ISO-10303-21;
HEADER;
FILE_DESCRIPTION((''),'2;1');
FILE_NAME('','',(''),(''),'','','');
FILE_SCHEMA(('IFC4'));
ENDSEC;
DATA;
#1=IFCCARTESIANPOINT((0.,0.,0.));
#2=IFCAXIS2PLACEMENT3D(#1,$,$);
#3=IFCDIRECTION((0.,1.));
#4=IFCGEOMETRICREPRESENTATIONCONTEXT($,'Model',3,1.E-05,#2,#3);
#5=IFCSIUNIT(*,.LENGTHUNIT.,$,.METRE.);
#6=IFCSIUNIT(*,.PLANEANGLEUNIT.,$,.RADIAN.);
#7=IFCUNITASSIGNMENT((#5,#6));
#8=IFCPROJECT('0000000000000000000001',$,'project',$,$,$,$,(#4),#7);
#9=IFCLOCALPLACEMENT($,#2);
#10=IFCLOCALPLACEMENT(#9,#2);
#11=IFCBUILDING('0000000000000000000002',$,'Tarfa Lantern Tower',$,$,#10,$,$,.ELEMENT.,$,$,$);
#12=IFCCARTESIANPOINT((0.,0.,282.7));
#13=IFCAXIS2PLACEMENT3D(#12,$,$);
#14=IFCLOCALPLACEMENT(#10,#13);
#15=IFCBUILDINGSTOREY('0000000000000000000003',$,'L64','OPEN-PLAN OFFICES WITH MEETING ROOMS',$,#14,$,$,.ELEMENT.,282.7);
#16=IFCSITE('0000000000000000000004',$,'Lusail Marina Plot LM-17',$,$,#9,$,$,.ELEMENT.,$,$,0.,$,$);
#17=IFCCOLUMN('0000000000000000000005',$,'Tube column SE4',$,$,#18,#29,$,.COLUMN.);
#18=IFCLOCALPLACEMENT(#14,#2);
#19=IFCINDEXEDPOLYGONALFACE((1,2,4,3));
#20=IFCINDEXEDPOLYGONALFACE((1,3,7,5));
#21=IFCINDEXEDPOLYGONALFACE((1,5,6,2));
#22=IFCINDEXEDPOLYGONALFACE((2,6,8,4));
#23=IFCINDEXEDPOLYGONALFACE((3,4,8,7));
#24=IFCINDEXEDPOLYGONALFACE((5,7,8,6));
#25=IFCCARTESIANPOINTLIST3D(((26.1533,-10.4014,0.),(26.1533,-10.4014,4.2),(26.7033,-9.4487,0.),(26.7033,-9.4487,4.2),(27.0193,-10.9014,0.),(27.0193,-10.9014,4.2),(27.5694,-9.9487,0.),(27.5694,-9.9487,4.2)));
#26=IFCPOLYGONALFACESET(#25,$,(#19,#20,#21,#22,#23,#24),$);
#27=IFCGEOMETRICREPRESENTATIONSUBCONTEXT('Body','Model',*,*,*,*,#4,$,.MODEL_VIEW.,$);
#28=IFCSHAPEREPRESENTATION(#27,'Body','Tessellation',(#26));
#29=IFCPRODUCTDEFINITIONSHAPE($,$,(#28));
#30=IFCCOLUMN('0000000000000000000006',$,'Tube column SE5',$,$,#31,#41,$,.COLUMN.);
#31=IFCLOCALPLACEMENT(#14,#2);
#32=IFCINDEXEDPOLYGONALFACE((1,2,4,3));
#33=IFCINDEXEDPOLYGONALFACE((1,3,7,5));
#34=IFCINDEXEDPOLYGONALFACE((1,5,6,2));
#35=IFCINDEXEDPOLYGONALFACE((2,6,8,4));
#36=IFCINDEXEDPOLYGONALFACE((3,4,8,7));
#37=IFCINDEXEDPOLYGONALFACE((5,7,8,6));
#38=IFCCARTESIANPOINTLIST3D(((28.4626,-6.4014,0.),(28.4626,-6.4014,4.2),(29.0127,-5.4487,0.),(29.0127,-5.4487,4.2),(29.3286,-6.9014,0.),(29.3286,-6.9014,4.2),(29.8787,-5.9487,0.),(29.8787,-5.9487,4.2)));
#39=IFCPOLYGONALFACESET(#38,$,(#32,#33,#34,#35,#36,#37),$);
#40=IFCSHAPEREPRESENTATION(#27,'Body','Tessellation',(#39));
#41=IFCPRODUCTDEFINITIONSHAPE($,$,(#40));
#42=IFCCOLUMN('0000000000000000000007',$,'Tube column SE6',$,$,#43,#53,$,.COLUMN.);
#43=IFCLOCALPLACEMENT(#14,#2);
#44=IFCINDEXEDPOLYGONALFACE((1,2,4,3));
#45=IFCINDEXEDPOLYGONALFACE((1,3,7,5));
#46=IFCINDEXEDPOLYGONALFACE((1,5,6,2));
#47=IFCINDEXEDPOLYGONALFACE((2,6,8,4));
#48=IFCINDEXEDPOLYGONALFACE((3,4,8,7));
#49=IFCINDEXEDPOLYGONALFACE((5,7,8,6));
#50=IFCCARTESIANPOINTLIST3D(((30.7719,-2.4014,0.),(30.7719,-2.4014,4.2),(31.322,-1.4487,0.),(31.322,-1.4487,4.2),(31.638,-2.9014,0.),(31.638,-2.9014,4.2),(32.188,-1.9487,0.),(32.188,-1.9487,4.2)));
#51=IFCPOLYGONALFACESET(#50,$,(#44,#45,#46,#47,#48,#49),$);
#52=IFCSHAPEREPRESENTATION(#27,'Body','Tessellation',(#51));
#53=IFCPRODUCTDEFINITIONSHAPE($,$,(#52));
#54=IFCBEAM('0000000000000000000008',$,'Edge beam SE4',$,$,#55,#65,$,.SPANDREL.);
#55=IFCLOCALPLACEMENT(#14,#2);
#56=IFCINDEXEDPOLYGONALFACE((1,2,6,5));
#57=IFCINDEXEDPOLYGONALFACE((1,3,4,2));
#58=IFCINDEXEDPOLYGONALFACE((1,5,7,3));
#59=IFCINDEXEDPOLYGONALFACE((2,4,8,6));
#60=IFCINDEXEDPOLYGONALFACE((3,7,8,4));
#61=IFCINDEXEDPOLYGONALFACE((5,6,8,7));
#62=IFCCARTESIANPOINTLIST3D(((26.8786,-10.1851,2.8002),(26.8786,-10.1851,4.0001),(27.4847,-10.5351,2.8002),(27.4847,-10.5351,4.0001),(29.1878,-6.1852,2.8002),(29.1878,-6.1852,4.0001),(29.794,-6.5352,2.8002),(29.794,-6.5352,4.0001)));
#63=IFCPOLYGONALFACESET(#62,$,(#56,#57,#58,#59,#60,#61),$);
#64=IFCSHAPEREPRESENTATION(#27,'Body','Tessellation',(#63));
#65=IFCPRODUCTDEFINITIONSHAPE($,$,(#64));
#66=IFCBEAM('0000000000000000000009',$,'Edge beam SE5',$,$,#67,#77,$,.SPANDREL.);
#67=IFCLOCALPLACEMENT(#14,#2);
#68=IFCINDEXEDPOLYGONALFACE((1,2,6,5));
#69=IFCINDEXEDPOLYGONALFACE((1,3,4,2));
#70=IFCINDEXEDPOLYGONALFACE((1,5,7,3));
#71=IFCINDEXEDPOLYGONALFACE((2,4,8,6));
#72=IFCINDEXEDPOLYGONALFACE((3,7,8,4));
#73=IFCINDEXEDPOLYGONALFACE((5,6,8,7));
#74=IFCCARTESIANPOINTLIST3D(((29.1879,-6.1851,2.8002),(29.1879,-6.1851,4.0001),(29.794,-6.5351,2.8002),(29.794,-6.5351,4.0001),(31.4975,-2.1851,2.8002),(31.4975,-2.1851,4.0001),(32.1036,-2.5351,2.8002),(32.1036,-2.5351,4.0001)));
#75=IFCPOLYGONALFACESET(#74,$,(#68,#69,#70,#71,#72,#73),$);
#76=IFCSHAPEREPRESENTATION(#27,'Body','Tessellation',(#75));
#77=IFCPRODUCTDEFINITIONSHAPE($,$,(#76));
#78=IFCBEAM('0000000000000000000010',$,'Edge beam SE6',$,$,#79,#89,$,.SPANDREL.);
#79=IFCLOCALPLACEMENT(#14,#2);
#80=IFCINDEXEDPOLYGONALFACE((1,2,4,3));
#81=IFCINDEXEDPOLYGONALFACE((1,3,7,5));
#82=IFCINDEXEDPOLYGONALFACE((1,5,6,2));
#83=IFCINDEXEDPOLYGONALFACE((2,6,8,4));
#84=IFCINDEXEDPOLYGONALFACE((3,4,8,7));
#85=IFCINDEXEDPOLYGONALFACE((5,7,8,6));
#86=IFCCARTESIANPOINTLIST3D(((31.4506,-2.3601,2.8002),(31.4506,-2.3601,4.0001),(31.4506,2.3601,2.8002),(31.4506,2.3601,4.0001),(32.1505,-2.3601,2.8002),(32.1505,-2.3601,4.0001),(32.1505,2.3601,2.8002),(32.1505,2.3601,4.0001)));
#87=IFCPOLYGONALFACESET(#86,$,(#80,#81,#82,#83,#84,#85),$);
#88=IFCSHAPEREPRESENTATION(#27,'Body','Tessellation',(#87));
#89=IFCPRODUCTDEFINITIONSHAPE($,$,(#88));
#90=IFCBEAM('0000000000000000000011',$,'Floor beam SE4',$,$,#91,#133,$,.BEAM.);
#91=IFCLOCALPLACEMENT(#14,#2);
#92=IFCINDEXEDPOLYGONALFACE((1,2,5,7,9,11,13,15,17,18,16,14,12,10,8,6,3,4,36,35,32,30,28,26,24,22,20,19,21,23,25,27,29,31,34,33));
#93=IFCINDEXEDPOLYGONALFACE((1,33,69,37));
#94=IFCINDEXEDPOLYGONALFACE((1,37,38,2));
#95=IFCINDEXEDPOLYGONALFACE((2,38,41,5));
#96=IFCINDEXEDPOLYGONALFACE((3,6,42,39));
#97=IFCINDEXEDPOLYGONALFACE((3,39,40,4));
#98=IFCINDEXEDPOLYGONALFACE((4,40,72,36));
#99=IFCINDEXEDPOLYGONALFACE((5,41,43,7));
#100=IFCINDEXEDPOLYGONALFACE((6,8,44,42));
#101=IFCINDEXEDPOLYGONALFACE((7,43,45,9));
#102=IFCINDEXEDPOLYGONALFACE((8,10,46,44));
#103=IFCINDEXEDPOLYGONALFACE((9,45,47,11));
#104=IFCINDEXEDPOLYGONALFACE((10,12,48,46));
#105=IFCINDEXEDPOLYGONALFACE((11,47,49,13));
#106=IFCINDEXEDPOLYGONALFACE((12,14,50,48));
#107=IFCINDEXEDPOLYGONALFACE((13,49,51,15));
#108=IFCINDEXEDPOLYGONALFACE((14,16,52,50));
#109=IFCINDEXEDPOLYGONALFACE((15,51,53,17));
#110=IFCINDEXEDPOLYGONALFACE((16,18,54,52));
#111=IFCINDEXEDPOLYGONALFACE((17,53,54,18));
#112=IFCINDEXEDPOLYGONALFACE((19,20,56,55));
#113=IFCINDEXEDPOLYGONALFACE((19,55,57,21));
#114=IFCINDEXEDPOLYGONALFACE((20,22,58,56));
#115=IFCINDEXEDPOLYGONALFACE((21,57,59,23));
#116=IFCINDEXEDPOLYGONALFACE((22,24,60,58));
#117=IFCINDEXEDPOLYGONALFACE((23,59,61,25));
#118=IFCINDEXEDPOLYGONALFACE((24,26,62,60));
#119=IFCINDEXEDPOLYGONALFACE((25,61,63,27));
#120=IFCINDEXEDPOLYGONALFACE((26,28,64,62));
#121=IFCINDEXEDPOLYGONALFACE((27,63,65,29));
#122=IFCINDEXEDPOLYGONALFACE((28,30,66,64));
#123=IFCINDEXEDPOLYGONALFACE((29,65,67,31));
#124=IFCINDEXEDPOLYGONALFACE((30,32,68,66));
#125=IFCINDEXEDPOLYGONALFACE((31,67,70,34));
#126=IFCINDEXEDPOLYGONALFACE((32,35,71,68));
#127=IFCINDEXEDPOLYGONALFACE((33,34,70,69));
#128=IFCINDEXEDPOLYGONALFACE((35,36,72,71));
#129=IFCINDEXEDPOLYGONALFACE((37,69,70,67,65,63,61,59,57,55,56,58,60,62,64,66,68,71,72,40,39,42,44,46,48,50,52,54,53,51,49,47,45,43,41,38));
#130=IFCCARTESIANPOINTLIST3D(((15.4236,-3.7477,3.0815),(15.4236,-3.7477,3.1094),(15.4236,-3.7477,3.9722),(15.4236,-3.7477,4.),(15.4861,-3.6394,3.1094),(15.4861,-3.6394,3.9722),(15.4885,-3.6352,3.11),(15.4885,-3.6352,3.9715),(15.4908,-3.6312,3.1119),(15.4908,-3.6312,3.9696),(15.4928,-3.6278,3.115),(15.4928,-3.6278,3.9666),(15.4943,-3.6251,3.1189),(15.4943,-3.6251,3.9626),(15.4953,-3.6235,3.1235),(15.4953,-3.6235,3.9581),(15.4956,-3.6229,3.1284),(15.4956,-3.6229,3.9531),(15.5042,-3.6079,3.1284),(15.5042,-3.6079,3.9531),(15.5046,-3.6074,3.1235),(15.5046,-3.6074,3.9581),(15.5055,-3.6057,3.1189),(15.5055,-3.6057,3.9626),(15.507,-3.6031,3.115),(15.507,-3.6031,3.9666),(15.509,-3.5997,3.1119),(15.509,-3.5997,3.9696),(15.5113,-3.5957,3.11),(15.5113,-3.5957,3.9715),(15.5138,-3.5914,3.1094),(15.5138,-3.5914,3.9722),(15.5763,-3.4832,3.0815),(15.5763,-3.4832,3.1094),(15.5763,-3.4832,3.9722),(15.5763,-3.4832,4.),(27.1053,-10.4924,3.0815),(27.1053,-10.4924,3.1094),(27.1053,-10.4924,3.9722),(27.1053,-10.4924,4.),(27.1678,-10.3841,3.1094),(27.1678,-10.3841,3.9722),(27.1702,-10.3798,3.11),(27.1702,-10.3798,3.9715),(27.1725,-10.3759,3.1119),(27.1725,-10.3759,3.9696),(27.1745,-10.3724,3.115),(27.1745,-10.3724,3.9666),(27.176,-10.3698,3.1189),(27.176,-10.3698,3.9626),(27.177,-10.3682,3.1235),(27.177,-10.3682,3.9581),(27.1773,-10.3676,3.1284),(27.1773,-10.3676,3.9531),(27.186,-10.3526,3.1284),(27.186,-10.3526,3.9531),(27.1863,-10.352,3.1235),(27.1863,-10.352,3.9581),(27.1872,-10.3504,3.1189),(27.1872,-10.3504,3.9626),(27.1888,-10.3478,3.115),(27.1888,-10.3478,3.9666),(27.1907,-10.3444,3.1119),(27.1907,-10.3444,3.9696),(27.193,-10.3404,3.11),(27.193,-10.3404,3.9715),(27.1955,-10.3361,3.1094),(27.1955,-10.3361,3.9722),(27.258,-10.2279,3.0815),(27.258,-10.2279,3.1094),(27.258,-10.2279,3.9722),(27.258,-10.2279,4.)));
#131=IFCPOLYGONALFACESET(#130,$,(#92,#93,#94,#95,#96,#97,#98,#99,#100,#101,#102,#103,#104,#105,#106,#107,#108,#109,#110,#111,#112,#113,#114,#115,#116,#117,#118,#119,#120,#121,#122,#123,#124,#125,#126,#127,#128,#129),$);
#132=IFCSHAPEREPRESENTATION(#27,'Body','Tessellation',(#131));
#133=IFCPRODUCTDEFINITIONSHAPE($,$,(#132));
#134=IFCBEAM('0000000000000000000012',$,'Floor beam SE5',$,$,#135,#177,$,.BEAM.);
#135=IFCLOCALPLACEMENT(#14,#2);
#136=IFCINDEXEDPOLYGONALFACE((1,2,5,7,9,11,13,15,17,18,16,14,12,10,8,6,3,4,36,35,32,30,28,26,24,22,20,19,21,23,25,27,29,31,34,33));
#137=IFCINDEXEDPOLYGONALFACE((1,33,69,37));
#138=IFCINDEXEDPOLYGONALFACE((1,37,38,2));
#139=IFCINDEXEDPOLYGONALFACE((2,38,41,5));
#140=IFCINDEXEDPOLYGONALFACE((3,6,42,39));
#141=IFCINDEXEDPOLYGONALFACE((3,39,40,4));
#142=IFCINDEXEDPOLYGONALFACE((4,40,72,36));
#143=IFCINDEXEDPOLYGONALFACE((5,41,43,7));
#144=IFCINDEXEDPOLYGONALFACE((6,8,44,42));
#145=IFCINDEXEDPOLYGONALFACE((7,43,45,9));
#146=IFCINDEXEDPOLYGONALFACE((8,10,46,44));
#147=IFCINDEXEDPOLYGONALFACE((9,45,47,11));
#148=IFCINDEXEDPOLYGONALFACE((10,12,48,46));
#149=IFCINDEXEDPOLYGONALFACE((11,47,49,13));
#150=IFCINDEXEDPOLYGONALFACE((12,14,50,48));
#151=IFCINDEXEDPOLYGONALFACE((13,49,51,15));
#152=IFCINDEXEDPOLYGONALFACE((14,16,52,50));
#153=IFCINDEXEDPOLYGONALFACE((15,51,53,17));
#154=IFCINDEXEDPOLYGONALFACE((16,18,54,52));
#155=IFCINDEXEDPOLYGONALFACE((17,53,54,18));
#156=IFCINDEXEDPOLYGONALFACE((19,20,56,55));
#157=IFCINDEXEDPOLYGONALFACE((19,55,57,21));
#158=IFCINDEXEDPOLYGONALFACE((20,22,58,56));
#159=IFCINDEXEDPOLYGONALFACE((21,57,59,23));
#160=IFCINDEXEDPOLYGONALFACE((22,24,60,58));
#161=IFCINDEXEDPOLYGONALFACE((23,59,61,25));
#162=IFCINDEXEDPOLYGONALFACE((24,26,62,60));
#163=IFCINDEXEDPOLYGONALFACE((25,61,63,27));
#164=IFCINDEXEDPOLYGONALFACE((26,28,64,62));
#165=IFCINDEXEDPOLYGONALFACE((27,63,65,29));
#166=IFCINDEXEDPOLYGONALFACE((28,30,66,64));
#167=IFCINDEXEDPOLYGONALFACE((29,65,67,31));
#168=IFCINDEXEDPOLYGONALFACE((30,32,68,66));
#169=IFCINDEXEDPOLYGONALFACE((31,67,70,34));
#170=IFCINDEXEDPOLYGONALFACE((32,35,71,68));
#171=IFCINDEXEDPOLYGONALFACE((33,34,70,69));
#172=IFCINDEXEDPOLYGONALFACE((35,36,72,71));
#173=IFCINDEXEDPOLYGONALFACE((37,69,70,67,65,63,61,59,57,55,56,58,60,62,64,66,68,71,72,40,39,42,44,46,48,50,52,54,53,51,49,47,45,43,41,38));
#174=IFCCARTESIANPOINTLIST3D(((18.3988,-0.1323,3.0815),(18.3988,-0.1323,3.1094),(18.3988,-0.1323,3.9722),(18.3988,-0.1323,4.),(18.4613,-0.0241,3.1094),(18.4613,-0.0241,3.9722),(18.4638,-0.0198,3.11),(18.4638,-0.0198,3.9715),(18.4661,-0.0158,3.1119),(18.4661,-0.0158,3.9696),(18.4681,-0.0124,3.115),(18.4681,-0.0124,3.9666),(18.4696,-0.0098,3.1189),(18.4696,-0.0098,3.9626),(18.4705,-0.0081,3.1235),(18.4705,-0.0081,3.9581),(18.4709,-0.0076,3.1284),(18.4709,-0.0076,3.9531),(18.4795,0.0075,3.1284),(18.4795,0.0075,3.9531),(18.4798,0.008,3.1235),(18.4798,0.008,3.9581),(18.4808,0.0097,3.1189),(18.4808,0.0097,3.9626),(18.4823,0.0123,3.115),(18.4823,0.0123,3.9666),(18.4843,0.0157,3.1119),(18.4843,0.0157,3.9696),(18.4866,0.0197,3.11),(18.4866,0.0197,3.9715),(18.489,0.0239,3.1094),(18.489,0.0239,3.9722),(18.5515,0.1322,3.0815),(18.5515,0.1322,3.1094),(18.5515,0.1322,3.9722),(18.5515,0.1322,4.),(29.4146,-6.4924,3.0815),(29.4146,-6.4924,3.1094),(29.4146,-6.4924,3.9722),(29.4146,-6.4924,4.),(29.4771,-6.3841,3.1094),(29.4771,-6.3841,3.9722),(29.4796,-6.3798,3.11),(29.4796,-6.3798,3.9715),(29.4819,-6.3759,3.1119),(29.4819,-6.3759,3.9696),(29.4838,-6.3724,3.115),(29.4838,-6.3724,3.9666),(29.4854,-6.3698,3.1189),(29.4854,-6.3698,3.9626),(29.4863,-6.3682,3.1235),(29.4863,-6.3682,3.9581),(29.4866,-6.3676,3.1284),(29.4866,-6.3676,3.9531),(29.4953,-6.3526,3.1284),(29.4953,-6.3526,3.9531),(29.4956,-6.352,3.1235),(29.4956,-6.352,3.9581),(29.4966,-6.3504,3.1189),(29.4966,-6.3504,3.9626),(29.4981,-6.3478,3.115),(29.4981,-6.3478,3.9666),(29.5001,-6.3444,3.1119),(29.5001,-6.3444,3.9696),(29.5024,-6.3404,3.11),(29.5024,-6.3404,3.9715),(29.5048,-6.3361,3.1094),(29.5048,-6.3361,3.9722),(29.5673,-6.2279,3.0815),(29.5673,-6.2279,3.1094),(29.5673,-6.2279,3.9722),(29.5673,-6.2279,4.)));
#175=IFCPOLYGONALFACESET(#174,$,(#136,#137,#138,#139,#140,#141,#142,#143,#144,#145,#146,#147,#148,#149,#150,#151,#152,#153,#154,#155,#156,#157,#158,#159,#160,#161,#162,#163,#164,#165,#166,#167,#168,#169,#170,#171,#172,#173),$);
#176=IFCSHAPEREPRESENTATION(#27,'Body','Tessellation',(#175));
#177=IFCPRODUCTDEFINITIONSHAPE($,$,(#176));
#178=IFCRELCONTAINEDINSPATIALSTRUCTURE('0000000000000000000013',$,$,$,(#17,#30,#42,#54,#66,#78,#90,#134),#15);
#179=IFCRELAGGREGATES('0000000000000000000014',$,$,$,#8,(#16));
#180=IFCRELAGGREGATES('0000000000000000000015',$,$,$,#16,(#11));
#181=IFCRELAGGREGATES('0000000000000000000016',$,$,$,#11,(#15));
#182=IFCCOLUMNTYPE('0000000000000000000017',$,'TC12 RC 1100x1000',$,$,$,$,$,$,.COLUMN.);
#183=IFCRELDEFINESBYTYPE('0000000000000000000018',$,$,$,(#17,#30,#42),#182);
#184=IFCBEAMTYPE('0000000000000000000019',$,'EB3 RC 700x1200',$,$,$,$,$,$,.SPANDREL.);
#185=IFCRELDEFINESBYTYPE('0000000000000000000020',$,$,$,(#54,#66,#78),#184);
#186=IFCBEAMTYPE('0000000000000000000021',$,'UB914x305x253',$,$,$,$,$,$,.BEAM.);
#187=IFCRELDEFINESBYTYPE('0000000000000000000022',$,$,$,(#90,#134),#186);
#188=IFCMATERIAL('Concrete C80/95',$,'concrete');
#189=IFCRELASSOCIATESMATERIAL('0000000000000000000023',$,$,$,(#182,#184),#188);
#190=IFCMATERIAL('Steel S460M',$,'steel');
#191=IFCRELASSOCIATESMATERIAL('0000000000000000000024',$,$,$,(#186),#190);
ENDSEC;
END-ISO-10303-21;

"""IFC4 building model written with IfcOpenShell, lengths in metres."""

from ifc_helpers import new_model, si_unit, direction, frame, origin, origin_2d, place, context, subcontext, project, spatial, rectangle, i_section, extrude, material, material_profile, profile_set, type_object, element, save


model = new_model("IFC4")

# Units and contexts
model_context = context("Model", 3, precision=1e-05, world=origin(), true_north=direction((0.0, 1.0)))
body_context = subcontext(model_context, "Body", "Model", "MODEL_VIEW")
ifc_project = project(units=[si_unit("LENGTHUNIT", "METRE"), si_unit("PLANEANGLEUNIT", "RADIAN")], contexts=[model_context])

# Site, building, storey
site_placement = place(None, origin())
site = spatial("IfcSite", under=ifc_project, at=site_placement, Name="Lusail Marina Plot LM-17", CompositionType="ELEMENT", RefElevation=0.0)
building_placement = place(site_placement, origin())
building = spatial("IfcBuilding", under=site, at=building_placement, Name="Tarfa Lantern Tower", CompositionType="ELEMENT")
storey_placement = place(building_placement, frame((0.0, 0.0, 282.7)))
storey = spatial("IfcBuildingStorey", under=building, at=storey_placement, Name="L64", Description="OPEN-PLAN OFFICES WITH MEETING ROOMS", CompositionType="ELEMENT", Elevation=282.7)

# Columns
ifc_material_1 = material(Name="Concrete C80/95", Category="concrete")
ifc_material_profile_1 = material_profile(ifc_material_1, rectangle(XDim=1.1001, YDim=1.0, at=origin_2d()), Name="RC 1100x1000")
ifc_profile_set_1 = profile_set([ifc_material_profile_1], Name="Concrete C80/95")
column_type = type_object("IfcColumnType", Name="TC12 RC 1100x1000", PredefinedType="COLUMN", material=ifc_profile_set_1)
for number, where, z_axis, x_axis, name in (
    (1, (26.8613, -10.175, 0.0), (0.0, 0.0, 1.0), (0.5, 0.866025, 0.0), "Tube column SE4"),
    (2, (29.1707, -6.175, 0.0), (0.0, 0.0, 1.0), (0.5, 0.866025, 0.0), "Tube column SE5"),
    (3, (31.48, -2.175, 0.0), (0.0, 0.0, 1.0), (0.5, 0.866025, 0.0), "Tube column SE6"),
):
    element("IfcColumn", number, at=place(storey_placement, frame(where, z_axis=z_axis, x_axis=x_axis)), inside=storey, type_object=column_type, Name=name, PredefinedType="COLUMN", context=body_context, shape_type="SweptSolid", body=[
        extrude(rectangle(XDim=1.1001, YDim=1.0, at=origin_2d()), origin(), (0.0, 0.0, 1.0), 4.2),
    ])

# Beams
ifc_material_profile_2 = material_profile(ifc_material_1, rectangle(XDim=0.7, YDim=1.2, at=origin_2d()), Name="RC 700x1200")
ifc_profile_set_2 = profile_set([ifc_material_profile_2], Name="Concrete C80/95")
beam_type_1 = type_object("IfcBeamType", Name="EB3 RC 700x1200", PredefinedType="SPANDREL", material=ifc_profile_set_2)
beam_1_placement = place(storey_placement, frame((27.1816, -10.3601, 3.4001), z_axis=(0.499988, 0.866032, 0.0), x_axis=(-0.866032, 0.499988, 0.0)))
element("IfcBeam", 4, at=beam_1_placement, inside=storey, type_object=beam_type_1, Name="Edge beam SE4", PredefinedType="SPANDREL", context=body_context, shape_type="SweptSolid", body=[
    extrude(rectangle(XDim=0.7, YDim=1.2, at=origin_2d()), origin(), (0.0, 0.0, 1.0), 4.6187),
])
beam_2_placement = place(storey_placement, frame((29.491, -6.3601, 3.4001), z_axis=(0.500027, 0.86601, 0.0), x_axis=(-0.86601, 0.500027, 0.0)))
element("IfcBeam", 5, at=beam_2_placement, inside=storey, type_object=beam_type_1, Name="Edge beam SE5", PredefinedType="SPANDREL", context=body_context, shape_type="SweptSolid", body=[
    extrude(rectangle(XDim=0.7, YDim=1.2, at=origin_2d()), origin(), (0.0, 0.0, 1.0), 4.6189),
])
beam_3_placement = place(storey_placement, frame((31.8005, -2.3601, 3.4001), z_axis=(0.0, 1.0, 0.0), x_axis=(-1.0, 0.0, 0.0)))
element("IfcBeam", 6, at=beam_3_placement, inside=storey, type_object=beam_type_1, Name="Edge beam SE6", PredefinedType="SPANDREL", context=body_context, shape_type="SweptSolid", body=[
    extrude(rectangle(XDim=0.7, YDim=1.2, at=origin_2d()), origin(), (0.0, 0.0, 1.0), 4.7202),
])
ifc_material_2 = material(Name="Steel S460M", Category="steel")
ifc_material_profile_3 = material_profile(ifc_material_2, i_section(OverallWidth=0.3054, OverallDepth=0.9185, WebThickness=0.0173, FlangeThickness=0.0278, FilletRadius=0.019, at=origin_2d()), Name="UB914x305x253")
ifc_profile_set_3 = profile_set([ifc_material_profile_3], Name="Steel S460M")
beam_type_2 = type_object("IfcBeamType", Name="UB914x305x253", PredefinedType="BEAM", material=ifc_profile_set_3)
beam_4_placement = place(storey_placement, frame((27.1816, -10.3601, 3.5408), z_axis=(-0.866018, 0.500013, 0.0), x_axis=(-0.500013, -0.866018, 0.0)))
element("IfcBeam", 7, at=beam_4_placement, inside=storey, type_object=beam_type_2, Name="Floor beam SE4", PredefinedType="BEAM", context=body_context, shape_type="SweptSolid", body=[
    extrude(i_section(OverallWidth=0.3054, OverallDepth=0.9185, WebThickness=0.0173, FlangeThickness=0.0278, FilletRadius=0.019, at=origin_2d()), origin(), (0.0, 0.0, 1.0), 13.489),
])
beam_5_placement = place(storey_placement, frame((29.491, -6.3601, 3.5408), z_axis=(-0.866022, 0.500005, 0.0), x_axis=(-0.500005, -0.866022, 0.0)))
element("IfcBeam", 8, at=beam_5_placement, inside=storey, type_object=beam_type_2, Name="Floor beam SE5", PredefinedType="BEAM", context=body_context, shape_type="SweptSolid", body=[
    extrude(i_section(OverallWidth=0.3054, OverallDepth=0.9185, WebThickness=0.0173, FlangeThickness=0.0278, FilletRadius=0.019, at=origin_2d()), origin(), (0.0, 0.0, 1.0), 12.72),
])

save(model, "model.ifc")
